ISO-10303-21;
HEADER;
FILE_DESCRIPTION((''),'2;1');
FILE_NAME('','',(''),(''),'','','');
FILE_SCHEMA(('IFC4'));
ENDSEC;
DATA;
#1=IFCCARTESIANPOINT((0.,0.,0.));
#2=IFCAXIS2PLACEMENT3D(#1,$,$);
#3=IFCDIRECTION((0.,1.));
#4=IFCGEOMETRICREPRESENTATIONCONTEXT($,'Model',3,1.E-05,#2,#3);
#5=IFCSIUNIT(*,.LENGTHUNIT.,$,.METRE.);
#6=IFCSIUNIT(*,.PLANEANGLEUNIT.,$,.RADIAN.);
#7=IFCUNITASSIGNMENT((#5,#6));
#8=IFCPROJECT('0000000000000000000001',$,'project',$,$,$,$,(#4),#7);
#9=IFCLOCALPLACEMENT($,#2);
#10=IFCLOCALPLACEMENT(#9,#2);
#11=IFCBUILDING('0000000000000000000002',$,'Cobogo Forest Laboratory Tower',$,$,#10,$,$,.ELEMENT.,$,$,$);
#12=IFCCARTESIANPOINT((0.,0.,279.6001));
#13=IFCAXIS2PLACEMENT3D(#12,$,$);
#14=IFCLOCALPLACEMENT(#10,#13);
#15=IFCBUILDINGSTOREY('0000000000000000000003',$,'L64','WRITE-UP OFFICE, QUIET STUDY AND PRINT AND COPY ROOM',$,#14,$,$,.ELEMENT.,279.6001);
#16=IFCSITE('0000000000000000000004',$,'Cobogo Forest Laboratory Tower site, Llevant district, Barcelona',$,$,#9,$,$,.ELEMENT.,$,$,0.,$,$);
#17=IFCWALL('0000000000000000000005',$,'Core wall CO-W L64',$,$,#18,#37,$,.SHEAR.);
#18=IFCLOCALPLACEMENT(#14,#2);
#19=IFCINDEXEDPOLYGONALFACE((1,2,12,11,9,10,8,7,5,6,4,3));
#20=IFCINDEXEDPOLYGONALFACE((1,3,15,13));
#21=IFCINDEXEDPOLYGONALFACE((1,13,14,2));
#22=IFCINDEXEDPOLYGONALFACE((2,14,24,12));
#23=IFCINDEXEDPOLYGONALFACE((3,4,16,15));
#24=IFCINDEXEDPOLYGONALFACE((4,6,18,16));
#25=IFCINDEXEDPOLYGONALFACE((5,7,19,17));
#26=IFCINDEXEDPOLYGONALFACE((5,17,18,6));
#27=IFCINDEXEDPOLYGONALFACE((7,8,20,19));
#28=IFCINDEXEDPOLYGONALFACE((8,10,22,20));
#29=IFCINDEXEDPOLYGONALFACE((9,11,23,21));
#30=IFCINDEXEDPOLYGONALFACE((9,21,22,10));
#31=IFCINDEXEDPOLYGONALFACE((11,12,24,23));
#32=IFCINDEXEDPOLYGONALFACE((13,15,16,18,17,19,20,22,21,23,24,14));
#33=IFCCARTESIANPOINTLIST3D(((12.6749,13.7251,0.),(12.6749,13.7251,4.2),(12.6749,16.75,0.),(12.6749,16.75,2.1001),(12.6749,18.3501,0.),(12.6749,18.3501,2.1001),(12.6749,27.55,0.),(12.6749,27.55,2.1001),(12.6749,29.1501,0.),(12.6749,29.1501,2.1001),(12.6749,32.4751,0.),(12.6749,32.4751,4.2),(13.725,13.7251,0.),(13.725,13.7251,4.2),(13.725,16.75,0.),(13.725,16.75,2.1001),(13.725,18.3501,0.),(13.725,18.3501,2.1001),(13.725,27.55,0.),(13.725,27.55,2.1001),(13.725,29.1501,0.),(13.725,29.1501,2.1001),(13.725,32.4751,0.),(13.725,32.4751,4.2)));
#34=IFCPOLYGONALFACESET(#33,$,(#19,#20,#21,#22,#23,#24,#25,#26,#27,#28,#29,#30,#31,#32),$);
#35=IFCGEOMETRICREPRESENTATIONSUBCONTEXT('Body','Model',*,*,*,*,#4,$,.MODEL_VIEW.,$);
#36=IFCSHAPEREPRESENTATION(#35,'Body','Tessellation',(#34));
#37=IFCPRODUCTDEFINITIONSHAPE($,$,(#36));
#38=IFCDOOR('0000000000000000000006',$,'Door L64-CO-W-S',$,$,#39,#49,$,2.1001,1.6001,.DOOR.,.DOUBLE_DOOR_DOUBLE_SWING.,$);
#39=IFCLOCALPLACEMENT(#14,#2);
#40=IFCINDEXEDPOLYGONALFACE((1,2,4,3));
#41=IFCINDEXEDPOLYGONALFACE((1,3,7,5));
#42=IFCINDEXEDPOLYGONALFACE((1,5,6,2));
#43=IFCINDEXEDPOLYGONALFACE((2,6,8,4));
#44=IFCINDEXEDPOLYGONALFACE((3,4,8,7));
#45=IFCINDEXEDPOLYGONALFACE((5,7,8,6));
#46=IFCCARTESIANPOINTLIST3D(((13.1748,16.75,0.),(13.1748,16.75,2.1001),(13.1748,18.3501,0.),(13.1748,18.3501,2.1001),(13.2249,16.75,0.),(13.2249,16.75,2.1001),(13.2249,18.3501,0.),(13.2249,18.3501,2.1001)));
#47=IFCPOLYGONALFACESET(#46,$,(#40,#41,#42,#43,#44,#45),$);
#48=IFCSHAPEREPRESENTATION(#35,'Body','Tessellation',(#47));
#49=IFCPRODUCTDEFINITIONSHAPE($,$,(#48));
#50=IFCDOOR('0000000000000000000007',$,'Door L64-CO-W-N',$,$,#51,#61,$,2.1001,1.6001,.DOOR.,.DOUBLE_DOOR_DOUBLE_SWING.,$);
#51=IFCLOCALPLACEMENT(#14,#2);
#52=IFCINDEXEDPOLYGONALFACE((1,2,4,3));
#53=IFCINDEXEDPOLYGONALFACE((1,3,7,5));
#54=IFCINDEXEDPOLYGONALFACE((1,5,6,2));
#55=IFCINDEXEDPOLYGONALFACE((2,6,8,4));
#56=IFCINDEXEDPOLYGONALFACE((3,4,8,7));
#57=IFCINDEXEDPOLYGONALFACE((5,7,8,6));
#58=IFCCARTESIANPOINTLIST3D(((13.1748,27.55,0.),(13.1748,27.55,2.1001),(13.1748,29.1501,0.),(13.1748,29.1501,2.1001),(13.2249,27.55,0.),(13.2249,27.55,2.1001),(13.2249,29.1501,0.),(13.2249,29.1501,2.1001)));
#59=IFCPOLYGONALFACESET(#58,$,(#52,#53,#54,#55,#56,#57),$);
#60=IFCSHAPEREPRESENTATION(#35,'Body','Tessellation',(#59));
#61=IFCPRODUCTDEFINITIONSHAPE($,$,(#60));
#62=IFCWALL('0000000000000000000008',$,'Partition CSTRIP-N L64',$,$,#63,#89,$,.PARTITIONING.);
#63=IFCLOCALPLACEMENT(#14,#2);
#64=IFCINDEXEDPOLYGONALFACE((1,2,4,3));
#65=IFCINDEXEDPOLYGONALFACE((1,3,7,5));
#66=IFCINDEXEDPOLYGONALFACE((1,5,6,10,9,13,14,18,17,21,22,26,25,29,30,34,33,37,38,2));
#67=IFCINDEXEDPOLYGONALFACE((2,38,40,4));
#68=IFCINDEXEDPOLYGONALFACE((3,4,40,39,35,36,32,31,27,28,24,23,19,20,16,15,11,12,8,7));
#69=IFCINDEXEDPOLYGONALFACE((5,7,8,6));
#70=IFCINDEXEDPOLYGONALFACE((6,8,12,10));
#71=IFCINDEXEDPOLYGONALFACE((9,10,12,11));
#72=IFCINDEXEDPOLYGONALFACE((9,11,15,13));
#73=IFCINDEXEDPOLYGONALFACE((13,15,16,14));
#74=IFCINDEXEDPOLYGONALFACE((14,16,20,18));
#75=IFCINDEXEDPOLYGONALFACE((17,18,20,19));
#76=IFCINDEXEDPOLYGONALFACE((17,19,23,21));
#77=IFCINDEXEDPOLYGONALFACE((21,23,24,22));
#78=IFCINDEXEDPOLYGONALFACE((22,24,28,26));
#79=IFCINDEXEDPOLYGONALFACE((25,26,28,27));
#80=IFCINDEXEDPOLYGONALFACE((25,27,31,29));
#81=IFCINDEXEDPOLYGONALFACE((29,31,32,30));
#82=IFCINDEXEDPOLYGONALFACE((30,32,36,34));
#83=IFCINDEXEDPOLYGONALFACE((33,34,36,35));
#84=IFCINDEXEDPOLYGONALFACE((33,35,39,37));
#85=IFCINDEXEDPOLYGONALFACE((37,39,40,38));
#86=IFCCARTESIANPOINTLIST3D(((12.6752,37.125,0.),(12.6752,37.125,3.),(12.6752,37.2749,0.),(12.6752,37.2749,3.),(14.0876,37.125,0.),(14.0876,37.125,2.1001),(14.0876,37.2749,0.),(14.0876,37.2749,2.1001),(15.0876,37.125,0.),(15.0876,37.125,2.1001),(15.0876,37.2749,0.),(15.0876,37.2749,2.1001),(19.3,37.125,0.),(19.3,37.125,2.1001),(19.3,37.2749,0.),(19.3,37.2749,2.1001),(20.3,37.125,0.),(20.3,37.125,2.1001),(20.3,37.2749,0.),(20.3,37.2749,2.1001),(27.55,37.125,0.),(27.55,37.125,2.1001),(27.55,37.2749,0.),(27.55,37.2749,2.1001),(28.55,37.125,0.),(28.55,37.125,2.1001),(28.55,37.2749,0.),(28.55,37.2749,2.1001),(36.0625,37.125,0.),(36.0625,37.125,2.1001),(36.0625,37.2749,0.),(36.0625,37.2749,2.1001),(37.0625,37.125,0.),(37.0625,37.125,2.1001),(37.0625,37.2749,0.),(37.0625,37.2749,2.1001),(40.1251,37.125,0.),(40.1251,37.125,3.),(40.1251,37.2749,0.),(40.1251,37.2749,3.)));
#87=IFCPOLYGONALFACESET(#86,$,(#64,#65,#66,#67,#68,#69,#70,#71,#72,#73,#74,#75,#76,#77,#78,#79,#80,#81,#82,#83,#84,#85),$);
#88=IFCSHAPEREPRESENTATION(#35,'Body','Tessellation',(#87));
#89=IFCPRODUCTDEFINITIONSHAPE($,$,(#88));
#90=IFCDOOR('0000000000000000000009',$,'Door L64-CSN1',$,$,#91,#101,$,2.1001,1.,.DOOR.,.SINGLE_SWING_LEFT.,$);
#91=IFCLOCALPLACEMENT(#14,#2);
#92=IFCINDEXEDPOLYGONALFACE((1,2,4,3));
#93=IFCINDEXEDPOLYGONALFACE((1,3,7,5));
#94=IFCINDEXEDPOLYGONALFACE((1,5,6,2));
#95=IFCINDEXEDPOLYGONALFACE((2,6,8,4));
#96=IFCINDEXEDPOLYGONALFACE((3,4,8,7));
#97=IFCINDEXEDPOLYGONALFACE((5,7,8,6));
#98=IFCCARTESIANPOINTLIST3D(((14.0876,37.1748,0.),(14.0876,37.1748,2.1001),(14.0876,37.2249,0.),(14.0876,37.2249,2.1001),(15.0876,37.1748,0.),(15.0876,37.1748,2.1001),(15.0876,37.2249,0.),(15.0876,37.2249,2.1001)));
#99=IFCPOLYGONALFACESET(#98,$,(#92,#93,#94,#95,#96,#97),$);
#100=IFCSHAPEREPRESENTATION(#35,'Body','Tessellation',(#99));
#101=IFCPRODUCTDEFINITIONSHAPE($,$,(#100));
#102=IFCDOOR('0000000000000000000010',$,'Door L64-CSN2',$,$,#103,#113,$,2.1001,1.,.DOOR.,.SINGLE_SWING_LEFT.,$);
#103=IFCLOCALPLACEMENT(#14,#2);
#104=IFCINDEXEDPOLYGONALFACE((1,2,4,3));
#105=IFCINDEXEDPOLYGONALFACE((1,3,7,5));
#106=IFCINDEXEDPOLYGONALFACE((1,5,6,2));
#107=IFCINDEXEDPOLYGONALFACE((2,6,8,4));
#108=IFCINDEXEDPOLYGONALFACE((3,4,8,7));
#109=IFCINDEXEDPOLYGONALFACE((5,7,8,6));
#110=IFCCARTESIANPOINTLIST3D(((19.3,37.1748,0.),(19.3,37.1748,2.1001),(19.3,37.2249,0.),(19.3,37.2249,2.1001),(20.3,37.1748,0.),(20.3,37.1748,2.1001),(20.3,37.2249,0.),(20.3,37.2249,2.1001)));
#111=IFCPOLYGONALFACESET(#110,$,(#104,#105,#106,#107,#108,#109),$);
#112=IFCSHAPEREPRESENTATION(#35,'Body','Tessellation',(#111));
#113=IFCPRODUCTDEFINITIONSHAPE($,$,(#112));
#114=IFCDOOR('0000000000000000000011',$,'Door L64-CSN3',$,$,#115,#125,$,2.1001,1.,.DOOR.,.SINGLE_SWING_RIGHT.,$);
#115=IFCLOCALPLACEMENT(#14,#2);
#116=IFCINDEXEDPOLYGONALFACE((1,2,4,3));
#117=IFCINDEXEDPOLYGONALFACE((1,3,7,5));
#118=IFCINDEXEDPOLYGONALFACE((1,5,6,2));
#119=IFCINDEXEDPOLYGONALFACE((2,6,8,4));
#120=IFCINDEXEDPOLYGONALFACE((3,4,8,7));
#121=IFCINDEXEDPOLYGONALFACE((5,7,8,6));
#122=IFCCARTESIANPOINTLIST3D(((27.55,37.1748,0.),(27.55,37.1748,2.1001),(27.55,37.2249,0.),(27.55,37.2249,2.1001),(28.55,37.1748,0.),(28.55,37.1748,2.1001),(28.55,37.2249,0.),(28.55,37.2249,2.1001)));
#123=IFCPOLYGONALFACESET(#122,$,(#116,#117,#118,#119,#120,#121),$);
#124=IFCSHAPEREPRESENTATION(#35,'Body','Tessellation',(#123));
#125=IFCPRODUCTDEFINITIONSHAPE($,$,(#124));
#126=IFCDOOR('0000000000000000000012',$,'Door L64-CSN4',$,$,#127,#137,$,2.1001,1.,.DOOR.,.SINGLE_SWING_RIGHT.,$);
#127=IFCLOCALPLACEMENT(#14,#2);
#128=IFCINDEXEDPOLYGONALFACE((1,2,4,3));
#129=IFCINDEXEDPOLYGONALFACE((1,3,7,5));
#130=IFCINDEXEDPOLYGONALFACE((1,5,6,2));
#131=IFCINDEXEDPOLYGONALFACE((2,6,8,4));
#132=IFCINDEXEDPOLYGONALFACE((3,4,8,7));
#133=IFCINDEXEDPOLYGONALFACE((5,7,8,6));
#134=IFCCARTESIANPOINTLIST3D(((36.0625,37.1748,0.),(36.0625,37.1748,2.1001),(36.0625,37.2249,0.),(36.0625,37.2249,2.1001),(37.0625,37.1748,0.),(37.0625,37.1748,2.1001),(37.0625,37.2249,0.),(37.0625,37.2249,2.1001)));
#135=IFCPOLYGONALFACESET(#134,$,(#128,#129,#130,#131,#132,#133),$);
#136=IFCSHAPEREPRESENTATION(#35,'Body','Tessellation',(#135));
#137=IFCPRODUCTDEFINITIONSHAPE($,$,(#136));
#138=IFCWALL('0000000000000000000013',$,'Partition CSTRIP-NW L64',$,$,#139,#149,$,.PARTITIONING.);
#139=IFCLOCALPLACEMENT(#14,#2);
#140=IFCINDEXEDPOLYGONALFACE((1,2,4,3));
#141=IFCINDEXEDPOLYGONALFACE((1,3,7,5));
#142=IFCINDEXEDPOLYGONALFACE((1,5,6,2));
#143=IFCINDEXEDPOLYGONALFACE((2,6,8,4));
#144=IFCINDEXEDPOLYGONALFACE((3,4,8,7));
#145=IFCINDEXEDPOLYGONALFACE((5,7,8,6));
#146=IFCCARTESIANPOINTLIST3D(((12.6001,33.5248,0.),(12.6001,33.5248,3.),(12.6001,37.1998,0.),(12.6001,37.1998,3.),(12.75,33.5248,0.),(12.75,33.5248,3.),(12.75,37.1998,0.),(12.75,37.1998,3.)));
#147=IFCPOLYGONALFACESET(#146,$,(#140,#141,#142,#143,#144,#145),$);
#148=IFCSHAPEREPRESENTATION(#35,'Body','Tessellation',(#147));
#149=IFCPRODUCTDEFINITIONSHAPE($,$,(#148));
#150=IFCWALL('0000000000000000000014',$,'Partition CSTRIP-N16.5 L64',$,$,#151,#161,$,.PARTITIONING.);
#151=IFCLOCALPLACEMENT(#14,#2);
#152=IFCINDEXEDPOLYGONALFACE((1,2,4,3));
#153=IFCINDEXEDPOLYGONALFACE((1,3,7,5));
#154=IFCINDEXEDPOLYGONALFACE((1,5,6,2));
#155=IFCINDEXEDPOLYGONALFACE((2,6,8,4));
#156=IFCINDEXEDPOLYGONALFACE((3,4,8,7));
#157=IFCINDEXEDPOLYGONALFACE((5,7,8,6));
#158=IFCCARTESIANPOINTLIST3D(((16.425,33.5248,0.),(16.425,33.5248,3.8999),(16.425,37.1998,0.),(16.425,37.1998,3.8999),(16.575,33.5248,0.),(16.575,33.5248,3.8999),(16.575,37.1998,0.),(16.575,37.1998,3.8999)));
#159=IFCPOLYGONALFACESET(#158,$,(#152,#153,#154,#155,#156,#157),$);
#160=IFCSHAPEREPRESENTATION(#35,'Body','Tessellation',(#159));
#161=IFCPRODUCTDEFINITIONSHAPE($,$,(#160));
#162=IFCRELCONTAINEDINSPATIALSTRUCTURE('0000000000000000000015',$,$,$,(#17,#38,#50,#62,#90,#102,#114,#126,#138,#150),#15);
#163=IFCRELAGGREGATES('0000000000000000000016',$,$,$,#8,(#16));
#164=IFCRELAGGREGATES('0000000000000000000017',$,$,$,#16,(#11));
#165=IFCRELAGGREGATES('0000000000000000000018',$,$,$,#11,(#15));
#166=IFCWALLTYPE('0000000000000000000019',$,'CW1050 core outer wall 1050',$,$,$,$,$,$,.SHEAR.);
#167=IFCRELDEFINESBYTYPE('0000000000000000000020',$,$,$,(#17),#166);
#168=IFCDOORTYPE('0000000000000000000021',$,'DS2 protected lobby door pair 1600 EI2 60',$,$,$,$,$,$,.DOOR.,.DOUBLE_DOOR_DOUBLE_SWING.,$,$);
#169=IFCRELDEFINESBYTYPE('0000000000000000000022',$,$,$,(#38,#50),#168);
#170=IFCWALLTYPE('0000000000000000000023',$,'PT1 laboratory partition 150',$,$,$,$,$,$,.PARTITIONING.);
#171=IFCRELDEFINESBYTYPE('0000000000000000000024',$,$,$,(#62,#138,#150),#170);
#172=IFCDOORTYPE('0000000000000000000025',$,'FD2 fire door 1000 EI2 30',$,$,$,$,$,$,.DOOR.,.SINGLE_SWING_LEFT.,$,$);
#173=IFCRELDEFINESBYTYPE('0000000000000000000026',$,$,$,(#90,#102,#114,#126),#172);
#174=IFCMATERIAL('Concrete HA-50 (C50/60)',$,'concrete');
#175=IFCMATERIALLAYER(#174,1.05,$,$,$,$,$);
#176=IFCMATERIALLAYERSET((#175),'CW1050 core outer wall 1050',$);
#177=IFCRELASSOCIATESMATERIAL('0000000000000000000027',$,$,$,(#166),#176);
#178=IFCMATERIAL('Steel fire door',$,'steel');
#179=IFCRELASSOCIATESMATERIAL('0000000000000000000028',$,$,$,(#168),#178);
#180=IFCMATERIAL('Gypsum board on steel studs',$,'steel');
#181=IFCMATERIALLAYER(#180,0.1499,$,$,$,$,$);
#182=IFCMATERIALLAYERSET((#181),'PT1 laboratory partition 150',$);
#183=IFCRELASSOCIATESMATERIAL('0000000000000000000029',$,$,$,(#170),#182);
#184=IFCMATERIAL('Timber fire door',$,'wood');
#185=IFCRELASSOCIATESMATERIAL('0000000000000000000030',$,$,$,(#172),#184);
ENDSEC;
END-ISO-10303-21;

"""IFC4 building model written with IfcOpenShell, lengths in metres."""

from ifc_helpers import new_model, si_unit, direction, frame, frame_2d, origin, place, context, subcontext, project, spatial, rectangle, extrude, material, layer, layer_set, type_object, element, fill, save


model = new_model("IFC4")

# Units and contexts
model_context = context("Model", 3, precision=1e-05, world=origin(), true_north=direction((0.0, 1.0)))
body_context = subcontext(model_context, "Body", "Model", "MODEL_VIEW")
ifc_project = project(units=[si_unit("LENGTHUNIT", "METRE"), si_unit("PLANEANGLEUNIT", "RADIAN")], contexts=[model_context])

# Site, building, storey
site_placement = place(None, origin())
site = spatial("IfcSite", under=ifc_project, at=site_placement, Name="Cobogo Forest Laboratory Tower site, Llevant district, Barcelona", CompositionType="ELEMENT", RefElevation=0.0)
building_placement = place(site_placement, origin())
building = spatial("IfcBuilding", under=site, at=building_placement, Name="Cobogo Forest Laboratory Tower", CompositionType="ELEMENT")
storey_placement = place(building_placement, frame((0.0, 0.0, 279.6001)))
storey = spatial("IfcBuildingStorey", under=building, at=storey_placement, Name="L64", Description="WRITE-UP OFFICE, QUIET STUDY AND PRINT AND COPY ROOM", CompositionType="ELEMENT", Elevation=279.6001)

# Walls, openings, doors
ifc_material_1 = material(Name="Concrete HA-50 (C50/60)", Category="concrete")
ifc_material_2 = material(Name="Steel fire door", Category="steel")
ifc_layer_1 = layer(ifc_material_1, 1.05)
ifc_layer_set_1 = layer_set([ifc_layer_1], Name="CW1050 core outer wall 1050")
wall_type_1 = type_object("IfcWallType", Name="CW1050 core outer wall 1050", PredefinedType="SHEAR", material=ifc_layer_set_1)
wall_1_placement = place(storey_placement, frame((13.2, 32.4751, 0.0), z_axis=(0.0, 0.0, 1.0), x_axis=(0.0, -1.0, 0.0)))
wall_1 = element("IfcWall", 1, at=wall_1_placement, inside=storey, type_object=wall_type_1, Name="Core wall CO-W L64", PredefinedType="SHEAR", context=body_context, shape_type="SweptSolid", body=[
    extrude(rectangle(XDim=18.75, YDim=1.05, at=frame_2d((9.375, 0.0))), origin(), (0.0, 0.0, 1.0), 4.2),
])
opening_1_placement = place(wall_1_placement, frame((14.125, 0.0, 0.0)))
opening_1 = element("IfcOpeningElement", 2, at=opening_1_placement, cuts=wall_1, PredefinedType="OPENING", context=body_context, shape_type="SweptSolid", body=[
    extrude(rectangle(XDim=1.6001, YDim=2.1001, at=frame_2d((0.8, 1.05))), frame((0.0, 0.5349, 0.0), z_axis=(0.0, -1.0, 0.0), x_axis=(1.0, 0.0, 0.0)), (0.0, 0.0, 1.0), 1.0701),
])
opening_2_placement = place(wall_1_placement, frame((3.325, 0.0, 0.0)))
opening_2 = element("IfcOpeningElement", 3, at=opening_2_placement, cuts=wall_1, PredefinedType="OPENING", context=body_context, shape_type="SweptSolid", body=[
    extrude(rectangle(XDim=1.6001, YDim=2.1001, at=frame_2d((0.8, 1.05))), frame((0.0, 0.5349, 0.0), z_axis=(0.0, -1.0, 0.0), x_axis=(1.0, 0.0, 0.0)), (0.0, 0.0, 1.0), 1.0701),
])
door_type_1 = type_object("IfcDoorType", Name="DS2 protected lobby door pair 1600 EI2 60", OperationType="DOUBLE_DOOR_DOUBLE_SWING", PredefinedType="DOOR", material=ifc_material_2)
door_1_placement = place(opening_1_placement, origin())
door_1 = element("IfcDoor", 4, at=door_1_placement, inside=storey, type_object=door_type_1, Name="Door L64-CO-W-S", OperationType="DOUBLE_DOOR_DOUBLE_SWING", OverallHeight=2.1001, OverallWidth=1.6001, PredefinedType="DOOR", context=body_context, shape_type="SweptSolid", body=[
    extrude(rectangle(XDim=1.6001, YDim=2.1001, at=frame_2d((0.8, 1.05))), frame((0.0, 0.0249, 0.0), z_axis=(0.0, -1.0, 0.0), x_axis=(1.0, 0.0, 0.0)), (0.0, 0.0, 1.0), 0.05),
])
fill(opening_1, door_1)
door_2_placement = place(opening_2_placement, origin())
door_2 = element("IfcDoor", 5, at=door_2_placement, inside=storey, type_object=door_type_1, Name="Door L64-CO-W-N", OperationType="DOUBLE_DOOR_DOUBLE_SWING", OverallHeight=2.1001, OverallWidth=1.6001, PredefinedType="DOOR", context=body_context, shape_type="SweptSolid", body=[
    extrude(rectangle(XDim=1.6001, YDim=2.1001, at=frame_2d((0.8, 1.05))), frame((0.0, 0.0249, 0.0), z_axis=(0.0, -1.0, 0.0), x_axis=(1.0, 0.0, 0.0)), (0.0, 0.0, 1.0), 0.05),
])
fill(opening_2, door_2)
ifc_material_3 = material(Name="Gypsum board on steel studs", Category="steel")
ifc_layer_2 = layer(ifc_material_3, 0.1499)
ifc_layer_set_2 = layer_set([ifc_layer_2], Name="PT1 laboratory partition 150")
wall_type_2 = type_object("IfcWallType", Name="PT1 laboratory partition 150", PredefinedType="PARTITIONING", material=ifc_layer_set_2)
wall_2_placement = place(storey_placement, frame((12.675, 37.2, 0.0), z_axis=(0.0, 0.0, 1.0), x_axis=(1.0, 0.0, 0.0)))
wall_2 = element("IfcWall", 6, at=wall_2_placement, inside=storey, type_object=wall_type_2, Name="Partition CSTRIP-N L64", PredefinedType="PARTITIONING", context=body_context, shape_type="SweptSolid", body=[
    extrude(rectangle(XDim=27.45, YDim=0.1499, at=frame_2d((13.7251, 0.0))), origin(), (0.0, 0.0, 1.0), 3.0),
])
opening_3_placement = place(wall_2_placement, frame((1.4126, 0.0, 0.0)))
opening_3 = element("IfcOpeningElement", 7, at=opening_3_placement, cuts=wall_2, PredefinedType="OPENING", context=body_context, shape_type="SweptSolid", body=[
    extrude(rectangle(XDim=1.0, YDim=2.1001, at=frame_2d((0.5, 1.05))), frame((0.0, 0.085, 0.0), z_axis=(0.0, -1.0, 0.0), x_axis=(1.0, 0.0, 0.0)), (0.0, 0.0, 1.0), 0.1699),
])
opening_4_placement = place(wall_2_placement, frame((6.625, 0.0, 0.0)))
opening_4 = element("IfcOpeningElement", 8, at=opening_4_placement, cuts=wall_2, PredefinedType="OPENING", context=body_context, shape_type="SweptSolid", body=[
    extrude(rectangle(XDim=1.0, YDim=2.1001, at=frame_2d((0.5, 1.05))), frame((0.0, 0.085, 0.0), z_axis=(0.0, -1.0, 0.0), x_axis=(1.0, 0.0, 0.0)), (0.0, 0.0, 1.0), 0.1699),
])
opening_5_placement = place(wall_2_placement, frame((14.875, 0.0, 0.0)))
opening_5 = element("IfcOpeningElement", 9, at=opening_5_placement, cuts=wall_2, PredefinedType="OPENING", context=body_context, shape_type="SweptSolid", body=[
    extrude(rectangle(XDim=1.0, YDim=2.1001, at=frame_2d((0.5, 1.05))), frame((0.0, 0.085, 0.0), z_axis=(0.0, -1.0, 0.0), x_axis=(1.0, 0.0, 0.0)), (0.0, 0.0, 1.0), 0.1699),
])
opening_6_placement = place(wall_2_placement, frame((23.3875, 0.0, 0.0)))
opening_6 = element("IfcOpeningElement", 10, at=opening_6_placement, cuts=wall_2, PredefinedType="OPENING", context=body_context, shape_type="SweptSolid", body=[
    extrude(rectangle(XDim=1.0, YDim=2.1001, at=frame_2d((0.5, 1.05))), frame((0.0, 0.085, 0.0), z_axis=(0.0, -1.0, 0.0), x_axis=(1.0, 0.0, 0.0)), (0.0, 0.0, 1.0), 0.1699),
])
ifc_material_4 = material(Name="Timber fire door", Category="wood")
door_type_2 = type_object("IfcDoorType", Name="FD2 fire door 1000 EI2 30", OperationType="SINGLE_SWING_LEFT", PredefinedType="DOOR", material=ifc_material_4)
door_3_placement = place(opening_3_placement, origin())
door_3 = element("IfcDoor", 11, at=door_3_placement, inside=storey, type_object=door_type_2, Name="Door L64-CSN1", OperationType="SINGLE_SWING_LEFT", OverallHeight=2.1001, OverallWidth=1.0, PredefinedType="DOOR", context=body_context, shape_type="SweptSolid", body=[
    extrude(rectangle(XDim=1.0, YDim=2.1001, at=frame_2d((0.5, 1.05))), frame((0.0, 0.0249, 0.0), z_axis=(0.0, -1.0, 0.0), x_axis=(1.0, 0.0, 0.0)), (0.0, 0.0, 1.0), 0.05),
])
fill(opening_3, door_3)
door_4_placement = place(opening_4_placement, origin())
door_4 = element("IfcDoor", 12, at=door_4_placement, inside=storey, type_object=door_type_2, Name="Door L64-CSN2", OperationType="SINGLE_SWING_LEFT", OverallHeight=2.1001, OverallWidth=1.0, PredefinedType="DOOR", context=body_context, shape_type="SweptSolid", body=[
    extrude(rectangle(XDim=1.0, YDim=2.1001, at=frame_2d((0.5, 1.05))), frame((0.0, 0.0249, 0.0), z_axis=(0.0, -1.0, 0.0), x_axis=(1.0, 0.0, 0.0)), (0.0, 0.0, 1.0), 0.05),
])
fill(opening_4, door_4)
door_5_placement = place(opening_5_placement, origin())
door_5 = element("IfcDoor", 13, at=door_5_placement, inside=storey, type_object=door_type_2, Name="Door L64-CSN3", OperationType="SINGLE_SWING_RIGHT", OverallHeight=2.1001, OverallWidth=1.0, PredefinedType="DOOR", context=body_context, shape_type="SweptSolid", body=[
    extrude(rectangle(XDim=1.0, YDim=2.1001, at=frame_2d((0.5, 1.05))), frame((0.0, 0.0249, 0.0), z_axis=(0.0, -1.0, 0.0), x_axis=(1.0, 0.0, 0.0)), (0.0, 0.0, 1.0), 0.05),
])
fill(opening_5, door_5)
door_6_placement = place(opening_6_placement, origin())
door_6 = element("IfcDoor", 14, at=door_6_placement, inside=storey, type_object=door_type_2, Name="Door L64-CSN4", OperationType="SINGLE_SWING_RIGHT", OverallHeight=2.1001, OverallWidth=1.0, PredefinedType="DOOR", context=body_context, shape_type="SweptSolid", body=[
    extrude(rectangle(XDim=1.0, YDim=2.1001, at=frame_2d((0.5, 1.05))), frame((0.0, 0.0249, 0.0), z_axis=(0.0, -1.0, 0.0), x_axis=(1.0, 0.0, 0.0)), (0.0, 0.0, 1.0), 0.05),
])
fill(opening_6, door_6)

# Walls
wall_3_placement = place(storey_placement, frame((12.675, 33.5249, 0.0), z_axis=(0.0, 0.0, 1.0), x_axis=(0.0, 1.0, 0.0)))
element("IfcWall", 15, at=wall_3_placement, inside=storey, type_object=wall_type_2, Name="Partition CSTRIP-NW L64", PredefinedType="PARTITIONING", context=body_context, shape_type="SweptSolid", body=[
    extrude(rectangle(XDim=3.675, YDim=0.1499, at=frame_2d((1.8374, 0.0))), origin(), (0.0, 0.0, 1.0), 3.0),
])
wall_4_placement = place(storey_placement, frame((16.5, 33.5249, 0.0), z_axis=(0.0, 0.0, 1.0), x_axis=(0.0, 1.0, 0.0)))
element("IfcWall", 16, at=wall_4_placement, inside=storey, type_object=wall_type_2, Name="Partition CSTRIP-N16.5 L64", PredefinedType="PARTITIONING", context=body_context, shape_type="SweptSolid", body=[
    extrude(rectangle(XDim=3.675, YDim=0.1499, at=frame_2d((1.8374, 0.0))), origin(), (0.0, 0.0, 1.0), 3.8999),
])

save(model, "model.ifc")
